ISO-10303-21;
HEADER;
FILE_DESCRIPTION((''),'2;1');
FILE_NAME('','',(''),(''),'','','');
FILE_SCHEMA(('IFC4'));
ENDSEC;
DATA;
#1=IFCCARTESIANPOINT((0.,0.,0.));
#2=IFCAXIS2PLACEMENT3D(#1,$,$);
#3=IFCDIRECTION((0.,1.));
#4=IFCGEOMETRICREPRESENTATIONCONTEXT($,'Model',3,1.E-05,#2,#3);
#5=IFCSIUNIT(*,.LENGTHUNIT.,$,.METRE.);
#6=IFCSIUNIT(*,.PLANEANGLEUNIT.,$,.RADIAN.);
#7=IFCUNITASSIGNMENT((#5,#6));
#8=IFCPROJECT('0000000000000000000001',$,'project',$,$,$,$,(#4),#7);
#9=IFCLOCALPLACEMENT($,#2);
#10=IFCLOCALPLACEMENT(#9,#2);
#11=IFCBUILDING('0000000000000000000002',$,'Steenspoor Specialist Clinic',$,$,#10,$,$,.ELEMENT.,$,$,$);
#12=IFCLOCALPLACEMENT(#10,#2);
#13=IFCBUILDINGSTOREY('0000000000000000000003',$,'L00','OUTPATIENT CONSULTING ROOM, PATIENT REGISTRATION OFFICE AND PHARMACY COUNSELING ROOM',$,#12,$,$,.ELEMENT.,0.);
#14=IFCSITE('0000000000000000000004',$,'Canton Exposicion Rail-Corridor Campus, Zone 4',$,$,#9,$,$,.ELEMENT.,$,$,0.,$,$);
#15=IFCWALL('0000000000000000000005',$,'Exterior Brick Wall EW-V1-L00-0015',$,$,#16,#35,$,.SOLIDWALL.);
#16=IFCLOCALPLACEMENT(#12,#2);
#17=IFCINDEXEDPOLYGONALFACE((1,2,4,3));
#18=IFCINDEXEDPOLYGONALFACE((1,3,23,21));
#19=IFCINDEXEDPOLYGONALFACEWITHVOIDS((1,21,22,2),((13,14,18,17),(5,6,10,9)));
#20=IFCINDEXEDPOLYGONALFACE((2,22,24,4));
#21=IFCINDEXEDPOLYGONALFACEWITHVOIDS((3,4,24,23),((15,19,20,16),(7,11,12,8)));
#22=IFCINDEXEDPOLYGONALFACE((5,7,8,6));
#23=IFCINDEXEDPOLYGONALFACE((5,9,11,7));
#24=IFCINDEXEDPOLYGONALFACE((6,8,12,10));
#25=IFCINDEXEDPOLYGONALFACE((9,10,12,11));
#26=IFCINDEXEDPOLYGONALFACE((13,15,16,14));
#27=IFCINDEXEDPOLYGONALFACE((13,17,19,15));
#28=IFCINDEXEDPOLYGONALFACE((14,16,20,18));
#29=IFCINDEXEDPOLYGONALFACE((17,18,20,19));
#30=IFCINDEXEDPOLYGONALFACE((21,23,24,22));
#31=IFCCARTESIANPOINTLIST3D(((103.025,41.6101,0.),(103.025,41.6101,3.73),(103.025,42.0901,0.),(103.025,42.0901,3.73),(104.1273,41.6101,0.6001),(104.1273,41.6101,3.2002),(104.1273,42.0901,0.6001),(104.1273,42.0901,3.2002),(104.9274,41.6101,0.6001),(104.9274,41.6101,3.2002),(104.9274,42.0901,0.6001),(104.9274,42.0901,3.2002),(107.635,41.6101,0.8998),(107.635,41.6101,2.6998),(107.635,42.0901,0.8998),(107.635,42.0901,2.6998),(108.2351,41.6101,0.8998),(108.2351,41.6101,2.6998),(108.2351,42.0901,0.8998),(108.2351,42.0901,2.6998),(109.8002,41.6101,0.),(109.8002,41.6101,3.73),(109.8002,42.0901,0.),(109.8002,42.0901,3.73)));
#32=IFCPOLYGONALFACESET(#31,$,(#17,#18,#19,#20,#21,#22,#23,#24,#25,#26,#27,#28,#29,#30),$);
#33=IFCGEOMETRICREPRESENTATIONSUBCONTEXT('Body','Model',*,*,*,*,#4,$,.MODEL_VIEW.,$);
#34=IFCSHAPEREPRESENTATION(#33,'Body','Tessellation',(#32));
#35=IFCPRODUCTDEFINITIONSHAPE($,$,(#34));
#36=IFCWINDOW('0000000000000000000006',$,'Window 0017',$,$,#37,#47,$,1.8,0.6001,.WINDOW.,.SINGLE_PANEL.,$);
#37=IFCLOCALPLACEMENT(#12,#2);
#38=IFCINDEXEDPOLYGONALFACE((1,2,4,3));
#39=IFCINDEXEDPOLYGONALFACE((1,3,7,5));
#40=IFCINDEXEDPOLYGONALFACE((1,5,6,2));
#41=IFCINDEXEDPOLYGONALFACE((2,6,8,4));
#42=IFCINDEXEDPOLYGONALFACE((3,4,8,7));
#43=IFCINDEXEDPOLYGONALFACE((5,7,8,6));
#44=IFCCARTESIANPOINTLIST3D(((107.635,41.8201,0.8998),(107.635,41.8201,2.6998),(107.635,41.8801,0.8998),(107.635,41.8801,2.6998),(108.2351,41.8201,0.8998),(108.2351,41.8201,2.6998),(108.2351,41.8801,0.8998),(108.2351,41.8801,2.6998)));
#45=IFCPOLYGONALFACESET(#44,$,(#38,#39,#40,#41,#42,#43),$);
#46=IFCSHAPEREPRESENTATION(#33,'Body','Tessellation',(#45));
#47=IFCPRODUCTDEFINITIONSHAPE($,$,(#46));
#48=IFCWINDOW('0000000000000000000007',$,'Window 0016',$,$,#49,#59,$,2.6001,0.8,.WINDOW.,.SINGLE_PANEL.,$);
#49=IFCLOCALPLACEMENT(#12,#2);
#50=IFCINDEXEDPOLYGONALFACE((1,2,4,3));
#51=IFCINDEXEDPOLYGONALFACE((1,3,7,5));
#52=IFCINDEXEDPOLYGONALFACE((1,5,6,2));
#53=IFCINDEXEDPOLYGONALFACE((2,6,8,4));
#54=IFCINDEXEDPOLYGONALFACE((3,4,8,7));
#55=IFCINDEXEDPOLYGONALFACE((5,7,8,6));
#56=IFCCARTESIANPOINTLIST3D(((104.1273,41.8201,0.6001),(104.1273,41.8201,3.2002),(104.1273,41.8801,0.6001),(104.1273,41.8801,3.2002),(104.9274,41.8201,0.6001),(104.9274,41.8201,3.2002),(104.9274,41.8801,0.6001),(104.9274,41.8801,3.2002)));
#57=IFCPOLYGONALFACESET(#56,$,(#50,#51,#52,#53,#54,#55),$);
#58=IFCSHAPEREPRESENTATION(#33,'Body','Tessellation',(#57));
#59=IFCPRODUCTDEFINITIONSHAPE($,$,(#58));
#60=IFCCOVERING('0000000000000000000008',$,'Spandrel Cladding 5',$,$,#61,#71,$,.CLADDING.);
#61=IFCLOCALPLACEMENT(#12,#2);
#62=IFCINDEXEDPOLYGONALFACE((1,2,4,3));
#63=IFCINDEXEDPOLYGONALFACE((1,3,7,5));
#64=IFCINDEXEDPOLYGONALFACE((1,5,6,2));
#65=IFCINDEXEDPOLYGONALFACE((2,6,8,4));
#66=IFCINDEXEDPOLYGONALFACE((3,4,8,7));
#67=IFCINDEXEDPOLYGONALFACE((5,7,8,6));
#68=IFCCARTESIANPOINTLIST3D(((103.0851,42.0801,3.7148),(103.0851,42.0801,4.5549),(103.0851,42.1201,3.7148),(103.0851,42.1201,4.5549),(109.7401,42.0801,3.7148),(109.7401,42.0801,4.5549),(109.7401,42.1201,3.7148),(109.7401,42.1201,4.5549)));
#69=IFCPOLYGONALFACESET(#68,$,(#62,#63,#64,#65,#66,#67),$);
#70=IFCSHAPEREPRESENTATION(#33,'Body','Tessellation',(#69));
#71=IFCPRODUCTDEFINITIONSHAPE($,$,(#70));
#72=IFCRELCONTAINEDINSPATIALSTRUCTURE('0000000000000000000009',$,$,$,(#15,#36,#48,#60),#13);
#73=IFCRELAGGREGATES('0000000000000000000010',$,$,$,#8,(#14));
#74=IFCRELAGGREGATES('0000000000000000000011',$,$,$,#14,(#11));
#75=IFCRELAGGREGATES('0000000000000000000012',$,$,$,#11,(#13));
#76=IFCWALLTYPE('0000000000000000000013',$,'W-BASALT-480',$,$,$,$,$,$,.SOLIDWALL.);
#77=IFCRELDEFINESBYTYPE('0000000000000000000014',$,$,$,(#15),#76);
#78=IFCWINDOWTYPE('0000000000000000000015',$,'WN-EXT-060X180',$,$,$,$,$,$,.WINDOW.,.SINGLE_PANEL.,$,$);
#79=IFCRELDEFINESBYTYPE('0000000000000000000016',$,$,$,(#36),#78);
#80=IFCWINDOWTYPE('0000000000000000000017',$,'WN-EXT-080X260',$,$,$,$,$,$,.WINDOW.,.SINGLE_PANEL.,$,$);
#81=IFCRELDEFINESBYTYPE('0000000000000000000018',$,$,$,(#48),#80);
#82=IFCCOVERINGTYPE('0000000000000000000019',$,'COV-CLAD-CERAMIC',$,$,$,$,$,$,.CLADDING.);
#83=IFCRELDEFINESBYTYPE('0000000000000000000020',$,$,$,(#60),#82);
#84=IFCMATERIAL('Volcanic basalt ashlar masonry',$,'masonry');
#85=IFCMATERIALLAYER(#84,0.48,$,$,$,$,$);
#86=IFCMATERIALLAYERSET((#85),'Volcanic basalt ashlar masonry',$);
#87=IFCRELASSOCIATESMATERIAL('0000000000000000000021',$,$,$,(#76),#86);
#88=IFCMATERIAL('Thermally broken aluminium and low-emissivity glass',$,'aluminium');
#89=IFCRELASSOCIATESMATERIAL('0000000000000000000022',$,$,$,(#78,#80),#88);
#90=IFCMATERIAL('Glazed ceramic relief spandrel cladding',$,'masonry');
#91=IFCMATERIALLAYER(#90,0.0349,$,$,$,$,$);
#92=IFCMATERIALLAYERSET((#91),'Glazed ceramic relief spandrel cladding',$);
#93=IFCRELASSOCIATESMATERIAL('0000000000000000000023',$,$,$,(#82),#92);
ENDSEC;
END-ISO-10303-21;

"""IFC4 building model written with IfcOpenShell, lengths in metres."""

from ifc_helpers import new_model, si_unit, direction, frame, frame_2d, origin, origin_2d, place, context, subcontext, project, spatial, rectangle, extrude, material, layer, layer_set, type_object, element, fill, save


model = new_model("IFC4")

# Units and contexts
model_context = context("Model", 3, precision=1e-05, world=origin(), true_north=direction((0.0, 1.0)))
body_context = subcontext(model_context, "Body", "Model", "MODEL_VIEW")
ifc_project = project(units=[si_unit("LENGTHUNIT", "METRE"), si_unit("PLANEANGLEUNIT", "RADIAN")], contexts=[model_context])

# Site, building, storey
site_placement = place(None, origin())
site = spatial("IfcSite", under=ifc_project, at=site_placement, Name="Canton Exposicion Rail-Corridor Campus, Zone 4", CompositionType="ELEMENT", RefElevation=0.0)
building_placement = place(site_placement, origin())
building = spatial("IfcBuilding", under=site, at=building_placement, Name="Steenspoor Specialist Clinic", CompositionType="ELEMENT")
storey_placement = place(building_placement, origin())
storey = spatial("IfcBuildingStorey", under=building, at=storey_placement, Name="L00", Description="OUTPATIENT CONSULTING ROOM, PATIENT REGISTRATION OFFICE AND PHARMACY COUNSELING ROOM", CompositionType="ELEMENT", Elevation=0.0)

# Shared definitions
ifc_material_1 = material(Name="Thermally broken aluminium and low-emissivity glass", Category="aluminium")

# Wall, openings, windows
ifc_material_2 = material(Name="Volcanic basalt ashlar masonry", Category="masonry")
ifc_layer_1 = layer(ifc_material_2, 0.48)
ifc_layer_set_1 = layer_set([ifc_layer_1], Name="Volcanic basalt ashlar masonry")
wall_type = type_object("IfcWallType", Name="W-BASALT-480", PredefinedType="SOLIDWALL", material=ifc_layer_set_1)
wall_placement = place(storey_placement, frame((103.0249, 41.8501, 0.0), z_axis=(0.0, 0.0, 1.0), x_axis=(1.0, 0.0, 0.0)))
wall = element("IfcWall", 1, at=wall_placement, inside=storey, type_object=wall_type, Name="Exterior Brick Wall EW-V1-L00-0015", PredefinedType="SOLIDWALL", context=body_context, shape_type="SweptSolid", body=[
    extrude(rectangle(XDim=6.7751, YDim=0.48, at=frame_2d((3.3877, 0.0))), origin(), (0.0, 0.0, 1.0), 3.73),
])
opening_1_placement = place(wall_placement, frame((1.1025, 0.0, 0.6001)))
opening_1 = element("IfcOpeningElement", 2, at=opening_1_placement, cuts=wall, PredefinedType="OPENING", context=body_context, shape_type="SweptSolid", body=[
    extrude(rectangle(XDim=0.8, YDim=2.6001, at=frame_2d((0.3999, 1.3))), frame((0.0, 0.25, 0.0), z_axis=(0.0, -1.0, 0.0), x_axis=(1.0, 0.0, 0.0)), (0.0, 0.0, 1.0), 0.5),
])
opening_2_placement = place(wall_placement, frame((4.6101, 0.0, 0.8999)))
opening_2 = element("IfcOpeningElement", 3, at=opening_2_placement, cuts=wall, PredefinedType="OPENING", context=body_context, shape_type="SweptSolid", body=[
    extrude(rectangle(XDim=0.6001, YDim=1.8, at=frame_2d((0.3, 0.8999))), frame((0.0, 0.25, 0.0), z_axis=(0.0, -1.0, 0.0), x_axis=(1.0, 0.0, 0.0)), (0.0, 0.0, 1.0), 0.5),
])
window_type_1 = type_object("IfcWindowType", Name="WN-EXT-060X180", PartitioningType="SINGLE_PANEL", PredefinedType="WINDOW", material=ifc_material_1)
window_1_placement = place(opening_2_placement, origin())
window_1 = element("IfcWindow", 4, at=window_1_placement, inside=storey, type_object=window_type_1, Name="Window 0017", OverallHeight=1.8, OverallWidth=0.6001, PartitioningType="SINGLE_PANEL", PredefinedType="WINDOW", context=body_context, shape_type="SweptSolid", body=[
    extrude(rectangle(XDim=0.6001, YDim=1.8, at=frame_2d((0.3, 0.8999))), frame((0.0, 0.03, 0.0), z_axis=(0.0, -1.0, 0.0), x_axis=(1.0, 0.0, 0.0)), (0.0, 0.0, 1.0), 0.0601),
])
fill(opening_2, window_1)
window_type_2 = type_object("IfcWindowType", Name="WN-EXT-080X260", PartitioningType="SINGLE_PANEL", PredefinedType="WINDOW", material=ifc_material_1)
window_2_placement = place(opening_1_placement, origin())
window_2 = element("IfcWindow", 5, at=window_2_placement, inside=storey, type_object=window_type_2, Name="Window 0016", OverallHeight=2.6001, OverallWidth=0.8, PartitioningType="SINGLE_PANEL", PredefinedType="WINDOW", context=body_context, shape_type="SweptSolid", body=[
    extrude(rectangle(XDim=0.8, YDim=2.6001, at=frame_2d((0.3999, 1.3))), frame((0.0, 0.03, 0.0), z_axis=(0.0, -1.0, 0.0), x_axis=(1.0, 0.0, 0.0)), (0.0, 0.0, 1.0), 0.0601),
])
fill(opening_1, window_2)

# Covering
ifc_material_3 = material(Name="Glazed ceramic relief spandrel cladding", Category="masonry")
ifc_layer_2 = layer(ifc_material_3, 0.0349)
ifc_layer_set_2 = layer_set([ifc_layer_2], Name="Glazed ceramic relief spandrel cladding")
covering_type = type_object("IfcCoveringType", Name="COV-CLAD-CERAMIC", PredefinedType="CLADDING", material=ifc_layer_set_2)
covering_placement = place(storey_placement, frame((106.4126, 42.1001, 3.7148), z_axis=(0.0, 0.0, 1.0), x_axis=(1.0, 0.0, 0.0)))
element("IfcCovering", 6, at=covering_placement, inside=storey, type_object=covering_type, Name="Spandrel Cladding 5", PredefinedType="CLADDING", context=body_context, shape_type="SweptSolid", body=[
    extrude(rectangle(XDim=6.655, YDim=0.04, at=origin_2d()), origin(), (0.0, 0.0, 1.0), 0.8401),
])

save(model, "model.ifc")
